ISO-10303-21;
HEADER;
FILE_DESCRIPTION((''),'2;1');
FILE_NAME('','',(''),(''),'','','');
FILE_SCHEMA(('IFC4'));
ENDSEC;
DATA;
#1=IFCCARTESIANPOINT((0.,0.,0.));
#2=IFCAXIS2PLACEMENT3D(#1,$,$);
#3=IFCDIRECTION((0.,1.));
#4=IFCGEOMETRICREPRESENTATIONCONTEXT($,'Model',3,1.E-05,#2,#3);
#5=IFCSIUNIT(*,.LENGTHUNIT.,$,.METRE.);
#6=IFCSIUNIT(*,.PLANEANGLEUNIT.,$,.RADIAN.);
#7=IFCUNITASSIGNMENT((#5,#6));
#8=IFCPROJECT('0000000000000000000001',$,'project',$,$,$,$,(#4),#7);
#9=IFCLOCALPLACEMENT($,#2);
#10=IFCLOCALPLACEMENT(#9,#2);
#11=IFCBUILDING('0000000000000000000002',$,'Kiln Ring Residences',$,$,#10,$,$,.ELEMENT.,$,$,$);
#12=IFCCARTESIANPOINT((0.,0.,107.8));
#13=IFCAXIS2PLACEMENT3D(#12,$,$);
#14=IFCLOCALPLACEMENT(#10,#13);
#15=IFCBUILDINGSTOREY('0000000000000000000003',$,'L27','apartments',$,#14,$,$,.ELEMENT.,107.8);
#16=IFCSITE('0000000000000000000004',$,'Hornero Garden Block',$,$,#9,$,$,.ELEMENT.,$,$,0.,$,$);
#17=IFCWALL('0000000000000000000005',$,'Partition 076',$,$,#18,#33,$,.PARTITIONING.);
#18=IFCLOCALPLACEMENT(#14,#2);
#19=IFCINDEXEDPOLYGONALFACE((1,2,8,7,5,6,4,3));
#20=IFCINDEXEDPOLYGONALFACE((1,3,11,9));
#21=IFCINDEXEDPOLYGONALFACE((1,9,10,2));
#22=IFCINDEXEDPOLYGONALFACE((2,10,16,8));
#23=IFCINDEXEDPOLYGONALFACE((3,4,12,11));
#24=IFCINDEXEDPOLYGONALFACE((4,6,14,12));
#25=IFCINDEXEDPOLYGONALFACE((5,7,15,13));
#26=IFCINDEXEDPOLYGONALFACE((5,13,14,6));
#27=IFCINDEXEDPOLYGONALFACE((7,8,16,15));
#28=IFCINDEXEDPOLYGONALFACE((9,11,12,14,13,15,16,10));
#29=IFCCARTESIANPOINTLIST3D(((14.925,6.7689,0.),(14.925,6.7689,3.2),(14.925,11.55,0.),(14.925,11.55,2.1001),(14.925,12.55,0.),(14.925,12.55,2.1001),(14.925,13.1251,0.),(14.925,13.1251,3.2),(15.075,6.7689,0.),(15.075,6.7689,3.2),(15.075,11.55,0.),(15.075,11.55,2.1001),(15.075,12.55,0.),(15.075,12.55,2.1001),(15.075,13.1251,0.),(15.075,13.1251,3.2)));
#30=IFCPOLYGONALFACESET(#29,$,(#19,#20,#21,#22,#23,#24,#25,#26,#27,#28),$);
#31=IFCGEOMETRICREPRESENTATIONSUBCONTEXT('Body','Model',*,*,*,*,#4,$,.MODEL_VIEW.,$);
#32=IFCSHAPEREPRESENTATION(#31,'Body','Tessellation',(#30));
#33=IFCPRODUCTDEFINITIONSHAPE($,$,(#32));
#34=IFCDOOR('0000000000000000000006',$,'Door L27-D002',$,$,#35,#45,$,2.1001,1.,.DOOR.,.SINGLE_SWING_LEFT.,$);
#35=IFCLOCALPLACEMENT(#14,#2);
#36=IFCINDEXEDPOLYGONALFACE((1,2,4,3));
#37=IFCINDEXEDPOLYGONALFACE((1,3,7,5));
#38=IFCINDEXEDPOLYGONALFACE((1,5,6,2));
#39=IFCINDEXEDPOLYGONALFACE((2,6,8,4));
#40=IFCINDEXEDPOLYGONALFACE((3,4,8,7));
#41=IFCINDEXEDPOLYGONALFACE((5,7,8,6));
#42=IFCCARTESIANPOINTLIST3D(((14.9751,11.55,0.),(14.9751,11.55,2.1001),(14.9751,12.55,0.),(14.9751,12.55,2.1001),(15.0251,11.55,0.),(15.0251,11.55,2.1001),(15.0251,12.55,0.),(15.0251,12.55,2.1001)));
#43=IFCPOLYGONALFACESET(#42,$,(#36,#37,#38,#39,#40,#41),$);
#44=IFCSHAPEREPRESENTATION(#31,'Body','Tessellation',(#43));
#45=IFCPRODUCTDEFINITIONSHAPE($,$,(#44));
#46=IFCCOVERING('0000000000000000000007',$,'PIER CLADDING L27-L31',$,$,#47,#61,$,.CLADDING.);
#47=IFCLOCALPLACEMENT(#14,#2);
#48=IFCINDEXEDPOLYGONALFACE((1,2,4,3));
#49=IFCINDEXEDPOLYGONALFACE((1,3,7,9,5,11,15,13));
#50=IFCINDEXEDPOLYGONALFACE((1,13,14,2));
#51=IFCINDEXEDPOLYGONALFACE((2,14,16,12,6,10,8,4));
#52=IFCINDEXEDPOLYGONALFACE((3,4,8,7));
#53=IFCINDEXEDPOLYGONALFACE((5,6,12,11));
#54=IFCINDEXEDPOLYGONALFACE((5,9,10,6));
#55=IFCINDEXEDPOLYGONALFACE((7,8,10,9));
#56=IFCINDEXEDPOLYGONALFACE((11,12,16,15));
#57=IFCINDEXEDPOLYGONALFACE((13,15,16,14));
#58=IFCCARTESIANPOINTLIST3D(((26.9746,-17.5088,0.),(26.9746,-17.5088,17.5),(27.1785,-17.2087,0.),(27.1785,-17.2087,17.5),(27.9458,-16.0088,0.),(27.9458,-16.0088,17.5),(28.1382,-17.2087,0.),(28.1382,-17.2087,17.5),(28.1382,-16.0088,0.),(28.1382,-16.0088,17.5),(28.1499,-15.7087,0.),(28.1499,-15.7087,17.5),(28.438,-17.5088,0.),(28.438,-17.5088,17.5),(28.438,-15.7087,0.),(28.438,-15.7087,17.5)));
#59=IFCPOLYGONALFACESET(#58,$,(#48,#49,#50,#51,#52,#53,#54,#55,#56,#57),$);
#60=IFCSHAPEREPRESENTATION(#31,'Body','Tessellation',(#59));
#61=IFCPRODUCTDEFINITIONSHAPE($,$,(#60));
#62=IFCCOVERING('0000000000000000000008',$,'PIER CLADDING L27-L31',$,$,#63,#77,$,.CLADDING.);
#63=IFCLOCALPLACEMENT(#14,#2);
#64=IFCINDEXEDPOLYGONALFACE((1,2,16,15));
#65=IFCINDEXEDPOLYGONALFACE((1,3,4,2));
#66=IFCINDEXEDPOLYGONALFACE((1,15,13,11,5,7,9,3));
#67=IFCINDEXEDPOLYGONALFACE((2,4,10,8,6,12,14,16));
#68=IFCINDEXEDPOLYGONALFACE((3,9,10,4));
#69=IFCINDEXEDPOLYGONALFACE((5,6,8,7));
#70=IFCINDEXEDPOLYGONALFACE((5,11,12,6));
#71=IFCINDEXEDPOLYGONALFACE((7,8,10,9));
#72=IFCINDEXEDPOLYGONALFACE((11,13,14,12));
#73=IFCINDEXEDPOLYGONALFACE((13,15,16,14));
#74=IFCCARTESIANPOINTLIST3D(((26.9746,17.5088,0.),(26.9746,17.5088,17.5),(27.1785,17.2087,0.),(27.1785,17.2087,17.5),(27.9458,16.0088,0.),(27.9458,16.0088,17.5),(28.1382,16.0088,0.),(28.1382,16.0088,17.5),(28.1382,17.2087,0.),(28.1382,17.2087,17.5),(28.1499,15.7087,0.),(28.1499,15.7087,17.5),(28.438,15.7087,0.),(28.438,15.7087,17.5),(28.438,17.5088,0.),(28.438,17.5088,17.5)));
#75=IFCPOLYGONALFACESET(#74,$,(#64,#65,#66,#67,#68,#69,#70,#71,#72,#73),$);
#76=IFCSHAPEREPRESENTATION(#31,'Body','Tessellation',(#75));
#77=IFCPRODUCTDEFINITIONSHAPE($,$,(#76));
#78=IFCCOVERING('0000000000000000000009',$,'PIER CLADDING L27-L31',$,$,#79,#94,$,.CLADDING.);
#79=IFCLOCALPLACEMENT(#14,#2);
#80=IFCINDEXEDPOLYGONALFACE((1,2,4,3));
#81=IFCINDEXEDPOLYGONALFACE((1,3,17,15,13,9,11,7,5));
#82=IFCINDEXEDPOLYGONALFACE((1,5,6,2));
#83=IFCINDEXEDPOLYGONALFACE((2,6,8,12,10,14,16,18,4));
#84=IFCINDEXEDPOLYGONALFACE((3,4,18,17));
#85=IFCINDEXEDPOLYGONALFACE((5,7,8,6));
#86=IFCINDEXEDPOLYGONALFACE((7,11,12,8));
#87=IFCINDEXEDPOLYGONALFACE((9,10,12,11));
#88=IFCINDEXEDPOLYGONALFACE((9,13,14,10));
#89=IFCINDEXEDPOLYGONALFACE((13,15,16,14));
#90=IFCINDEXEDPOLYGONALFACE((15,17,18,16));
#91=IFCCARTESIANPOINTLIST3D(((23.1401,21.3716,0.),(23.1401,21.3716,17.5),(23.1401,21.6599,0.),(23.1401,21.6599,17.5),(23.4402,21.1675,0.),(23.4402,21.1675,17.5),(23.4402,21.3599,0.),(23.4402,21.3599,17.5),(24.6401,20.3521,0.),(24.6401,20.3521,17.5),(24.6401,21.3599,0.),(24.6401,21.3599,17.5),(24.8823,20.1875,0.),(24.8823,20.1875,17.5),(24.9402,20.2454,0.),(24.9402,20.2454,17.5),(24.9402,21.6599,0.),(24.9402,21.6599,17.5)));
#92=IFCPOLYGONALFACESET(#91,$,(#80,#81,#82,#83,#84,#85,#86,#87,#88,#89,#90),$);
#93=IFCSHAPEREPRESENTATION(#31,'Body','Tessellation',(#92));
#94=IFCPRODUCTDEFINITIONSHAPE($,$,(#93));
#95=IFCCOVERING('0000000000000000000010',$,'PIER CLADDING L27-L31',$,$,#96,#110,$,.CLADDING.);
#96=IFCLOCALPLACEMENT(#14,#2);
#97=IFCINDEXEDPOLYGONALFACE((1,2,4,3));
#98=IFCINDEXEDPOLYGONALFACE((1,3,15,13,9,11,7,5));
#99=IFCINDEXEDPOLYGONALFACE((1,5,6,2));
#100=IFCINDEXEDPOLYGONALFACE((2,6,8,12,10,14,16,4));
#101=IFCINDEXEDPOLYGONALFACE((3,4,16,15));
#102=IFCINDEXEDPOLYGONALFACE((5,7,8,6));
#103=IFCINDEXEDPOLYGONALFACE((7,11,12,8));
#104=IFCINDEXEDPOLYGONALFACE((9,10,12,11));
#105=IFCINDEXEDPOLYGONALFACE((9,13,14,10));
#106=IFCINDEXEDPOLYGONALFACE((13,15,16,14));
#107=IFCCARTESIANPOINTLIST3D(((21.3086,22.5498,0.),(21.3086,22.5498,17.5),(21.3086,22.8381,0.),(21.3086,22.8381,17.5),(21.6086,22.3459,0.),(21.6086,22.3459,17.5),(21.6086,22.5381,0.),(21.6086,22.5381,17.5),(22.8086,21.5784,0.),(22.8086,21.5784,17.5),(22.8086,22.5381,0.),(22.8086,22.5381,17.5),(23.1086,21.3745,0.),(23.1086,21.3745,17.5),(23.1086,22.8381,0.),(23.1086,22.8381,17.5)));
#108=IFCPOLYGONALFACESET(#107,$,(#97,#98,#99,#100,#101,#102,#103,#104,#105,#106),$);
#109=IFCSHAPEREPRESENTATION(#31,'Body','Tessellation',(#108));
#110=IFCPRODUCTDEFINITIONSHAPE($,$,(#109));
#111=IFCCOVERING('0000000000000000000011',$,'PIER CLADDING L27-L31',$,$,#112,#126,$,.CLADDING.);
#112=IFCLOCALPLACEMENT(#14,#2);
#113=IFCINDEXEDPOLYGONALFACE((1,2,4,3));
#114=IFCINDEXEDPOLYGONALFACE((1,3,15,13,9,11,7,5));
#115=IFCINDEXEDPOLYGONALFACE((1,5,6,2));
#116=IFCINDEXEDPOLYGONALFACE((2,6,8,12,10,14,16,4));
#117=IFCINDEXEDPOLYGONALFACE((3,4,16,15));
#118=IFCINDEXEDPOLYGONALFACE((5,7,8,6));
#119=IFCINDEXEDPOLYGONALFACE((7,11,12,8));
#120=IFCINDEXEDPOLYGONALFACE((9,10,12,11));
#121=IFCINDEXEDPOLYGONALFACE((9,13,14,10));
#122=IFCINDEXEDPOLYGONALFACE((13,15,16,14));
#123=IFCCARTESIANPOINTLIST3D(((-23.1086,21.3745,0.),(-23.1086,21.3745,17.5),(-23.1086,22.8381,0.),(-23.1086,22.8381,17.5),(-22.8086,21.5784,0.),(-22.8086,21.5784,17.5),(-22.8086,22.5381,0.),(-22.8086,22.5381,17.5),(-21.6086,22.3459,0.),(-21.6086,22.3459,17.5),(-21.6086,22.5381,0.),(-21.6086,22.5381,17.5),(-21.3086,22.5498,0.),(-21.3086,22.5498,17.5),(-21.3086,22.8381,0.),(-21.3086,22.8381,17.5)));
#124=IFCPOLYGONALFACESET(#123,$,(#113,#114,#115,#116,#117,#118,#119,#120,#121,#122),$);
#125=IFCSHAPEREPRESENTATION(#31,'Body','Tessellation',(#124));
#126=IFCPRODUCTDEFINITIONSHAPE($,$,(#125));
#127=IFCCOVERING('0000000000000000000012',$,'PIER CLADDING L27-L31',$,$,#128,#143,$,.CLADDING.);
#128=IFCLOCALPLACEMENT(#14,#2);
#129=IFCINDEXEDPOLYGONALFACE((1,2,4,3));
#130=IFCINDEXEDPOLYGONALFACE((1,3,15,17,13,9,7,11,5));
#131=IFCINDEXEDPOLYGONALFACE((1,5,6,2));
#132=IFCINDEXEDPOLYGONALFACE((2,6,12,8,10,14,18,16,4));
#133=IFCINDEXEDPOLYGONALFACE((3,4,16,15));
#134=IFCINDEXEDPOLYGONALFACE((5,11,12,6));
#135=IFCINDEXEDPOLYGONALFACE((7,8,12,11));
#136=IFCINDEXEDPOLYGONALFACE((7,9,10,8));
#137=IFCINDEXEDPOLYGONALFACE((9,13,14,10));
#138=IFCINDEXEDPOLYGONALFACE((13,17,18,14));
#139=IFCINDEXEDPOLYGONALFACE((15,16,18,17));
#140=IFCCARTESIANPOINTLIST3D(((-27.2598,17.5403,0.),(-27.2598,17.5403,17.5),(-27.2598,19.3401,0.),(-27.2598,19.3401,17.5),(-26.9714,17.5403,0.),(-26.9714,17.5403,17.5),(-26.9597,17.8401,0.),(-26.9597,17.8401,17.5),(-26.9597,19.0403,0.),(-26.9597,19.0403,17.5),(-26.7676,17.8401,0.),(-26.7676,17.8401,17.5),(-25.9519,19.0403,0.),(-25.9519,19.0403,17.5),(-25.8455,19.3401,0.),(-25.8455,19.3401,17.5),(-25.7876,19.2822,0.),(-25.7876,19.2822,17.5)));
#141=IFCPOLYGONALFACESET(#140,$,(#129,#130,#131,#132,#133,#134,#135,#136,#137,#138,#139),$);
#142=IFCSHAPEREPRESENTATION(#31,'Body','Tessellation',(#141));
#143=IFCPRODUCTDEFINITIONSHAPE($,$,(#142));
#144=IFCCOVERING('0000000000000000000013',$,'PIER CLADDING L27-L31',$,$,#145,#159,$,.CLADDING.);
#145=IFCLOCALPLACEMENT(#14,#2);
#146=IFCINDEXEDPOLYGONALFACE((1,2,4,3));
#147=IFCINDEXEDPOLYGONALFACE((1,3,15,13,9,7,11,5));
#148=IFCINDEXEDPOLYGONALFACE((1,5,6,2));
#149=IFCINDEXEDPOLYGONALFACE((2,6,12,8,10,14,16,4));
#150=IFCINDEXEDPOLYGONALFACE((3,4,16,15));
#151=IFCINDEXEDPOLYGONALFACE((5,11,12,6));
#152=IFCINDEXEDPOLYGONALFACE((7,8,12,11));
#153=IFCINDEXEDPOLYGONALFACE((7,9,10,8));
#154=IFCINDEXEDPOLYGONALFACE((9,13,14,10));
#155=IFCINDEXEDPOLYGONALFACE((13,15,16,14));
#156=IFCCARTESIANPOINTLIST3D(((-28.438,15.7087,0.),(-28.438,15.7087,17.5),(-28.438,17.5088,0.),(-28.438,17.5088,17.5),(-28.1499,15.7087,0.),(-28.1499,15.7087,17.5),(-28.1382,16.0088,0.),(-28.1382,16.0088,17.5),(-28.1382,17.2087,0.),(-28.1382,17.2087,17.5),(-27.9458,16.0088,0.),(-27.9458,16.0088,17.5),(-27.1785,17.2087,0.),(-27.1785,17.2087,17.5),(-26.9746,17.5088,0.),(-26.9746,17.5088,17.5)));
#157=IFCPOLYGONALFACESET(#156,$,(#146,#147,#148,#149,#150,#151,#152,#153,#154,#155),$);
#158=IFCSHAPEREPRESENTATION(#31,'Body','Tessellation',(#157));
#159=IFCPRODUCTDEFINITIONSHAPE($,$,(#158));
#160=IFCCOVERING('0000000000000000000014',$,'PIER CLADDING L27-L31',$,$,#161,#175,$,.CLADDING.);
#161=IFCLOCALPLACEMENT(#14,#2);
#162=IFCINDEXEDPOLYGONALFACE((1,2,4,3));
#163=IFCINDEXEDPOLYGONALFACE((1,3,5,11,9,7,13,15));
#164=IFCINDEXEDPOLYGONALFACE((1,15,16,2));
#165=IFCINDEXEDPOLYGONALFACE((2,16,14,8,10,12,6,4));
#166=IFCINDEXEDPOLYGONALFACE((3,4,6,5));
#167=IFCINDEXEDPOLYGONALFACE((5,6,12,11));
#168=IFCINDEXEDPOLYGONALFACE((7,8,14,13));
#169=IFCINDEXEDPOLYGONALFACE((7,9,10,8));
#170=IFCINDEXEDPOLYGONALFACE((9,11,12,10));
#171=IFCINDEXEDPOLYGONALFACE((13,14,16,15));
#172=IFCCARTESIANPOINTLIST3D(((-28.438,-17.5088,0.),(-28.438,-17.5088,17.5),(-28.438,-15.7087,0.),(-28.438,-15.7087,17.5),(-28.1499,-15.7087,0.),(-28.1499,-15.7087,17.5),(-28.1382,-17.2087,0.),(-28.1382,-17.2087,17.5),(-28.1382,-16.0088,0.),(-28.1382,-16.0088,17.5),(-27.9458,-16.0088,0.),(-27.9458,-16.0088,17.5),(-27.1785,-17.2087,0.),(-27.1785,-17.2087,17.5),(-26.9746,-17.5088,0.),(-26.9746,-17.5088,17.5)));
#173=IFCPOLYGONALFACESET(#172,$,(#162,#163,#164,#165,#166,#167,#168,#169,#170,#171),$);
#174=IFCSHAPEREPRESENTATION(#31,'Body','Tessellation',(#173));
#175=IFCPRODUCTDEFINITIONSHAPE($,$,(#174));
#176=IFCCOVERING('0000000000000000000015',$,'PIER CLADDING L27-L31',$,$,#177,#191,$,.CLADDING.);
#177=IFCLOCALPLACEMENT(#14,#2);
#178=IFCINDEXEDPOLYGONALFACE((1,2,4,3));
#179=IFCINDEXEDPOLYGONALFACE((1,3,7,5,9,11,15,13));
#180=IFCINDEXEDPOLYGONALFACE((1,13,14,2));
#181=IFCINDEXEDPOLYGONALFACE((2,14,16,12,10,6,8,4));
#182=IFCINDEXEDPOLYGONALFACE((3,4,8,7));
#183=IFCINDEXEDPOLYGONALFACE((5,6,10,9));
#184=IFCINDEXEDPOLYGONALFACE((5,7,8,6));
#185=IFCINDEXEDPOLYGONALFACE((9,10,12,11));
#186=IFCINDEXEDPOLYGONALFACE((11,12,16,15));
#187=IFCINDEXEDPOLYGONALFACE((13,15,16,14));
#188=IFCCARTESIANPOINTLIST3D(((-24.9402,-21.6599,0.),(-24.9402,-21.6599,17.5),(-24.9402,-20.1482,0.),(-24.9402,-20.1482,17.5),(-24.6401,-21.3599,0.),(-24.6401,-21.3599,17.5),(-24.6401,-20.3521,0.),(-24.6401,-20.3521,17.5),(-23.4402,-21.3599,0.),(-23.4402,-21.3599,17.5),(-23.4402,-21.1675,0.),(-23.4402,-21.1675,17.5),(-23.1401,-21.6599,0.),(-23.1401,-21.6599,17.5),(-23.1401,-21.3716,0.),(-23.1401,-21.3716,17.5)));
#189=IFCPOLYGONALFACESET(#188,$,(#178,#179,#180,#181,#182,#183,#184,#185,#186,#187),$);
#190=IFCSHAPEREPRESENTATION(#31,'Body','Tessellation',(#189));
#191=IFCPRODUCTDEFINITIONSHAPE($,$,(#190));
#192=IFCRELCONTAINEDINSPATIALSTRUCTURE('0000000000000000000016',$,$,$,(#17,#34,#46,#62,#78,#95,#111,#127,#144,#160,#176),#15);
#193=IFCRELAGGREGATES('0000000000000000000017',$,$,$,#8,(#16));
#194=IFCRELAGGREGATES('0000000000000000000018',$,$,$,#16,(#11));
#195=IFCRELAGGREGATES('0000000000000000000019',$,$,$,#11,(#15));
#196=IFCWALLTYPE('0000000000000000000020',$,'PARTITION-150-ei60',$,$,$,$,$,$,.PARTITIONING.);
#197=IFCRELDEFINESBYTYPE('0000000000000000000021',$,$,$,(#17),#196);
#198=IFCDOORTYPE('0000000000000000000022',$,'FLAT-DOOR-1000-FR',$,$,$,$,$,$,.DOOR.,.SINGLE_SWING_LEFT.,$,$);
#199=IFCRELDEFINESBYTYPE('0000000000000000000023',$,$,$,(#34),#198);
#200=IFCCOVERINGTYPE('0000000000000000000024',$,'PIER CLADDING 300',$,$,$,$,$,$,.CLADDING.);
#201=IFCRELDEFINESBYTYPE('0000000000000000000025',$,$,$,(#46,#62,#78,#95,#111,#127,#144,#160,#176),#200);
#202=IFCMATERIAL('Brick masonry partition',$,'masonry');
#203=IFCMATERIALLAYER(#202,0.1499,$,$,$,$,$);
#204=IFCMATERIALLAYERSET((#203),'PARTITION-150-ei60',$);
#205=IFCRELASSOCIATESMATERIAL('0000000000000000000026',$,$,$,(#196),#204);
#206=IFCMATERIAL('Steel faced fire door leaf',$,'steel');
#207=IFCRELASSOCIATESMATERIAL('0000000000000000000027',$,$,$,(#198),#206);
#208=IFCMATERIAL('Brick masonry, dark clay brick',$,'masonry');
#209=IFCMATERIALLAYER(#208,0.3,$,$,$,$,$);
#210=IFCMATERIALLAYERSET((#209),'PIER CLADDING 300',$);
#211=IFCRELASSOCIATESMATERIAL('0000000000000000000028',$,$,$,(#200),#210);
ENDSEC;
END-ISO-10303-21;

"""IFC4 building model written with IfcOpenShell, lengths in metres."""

from ifc_helpers import new_model, si_unit, direction, frame, frame_2d, origin, place, context, subcontext, project, spatial, polyline, rectangle, outline, extrude, material, layer, layer_set, type_object, element, fill, save


model = new_model("IFC4")

# Units and contexts
model_context = context("Model", 3, precision=1e-05, world=origin(), true_north=direction((0.0, 1.0)))
body_context = subcontext(model_context, "Body", "Model", "MODEL_VIEW")
ifc_project = project(units=[si_unit("LENGTHUNIT", "METRE"), si_unit("PLANEANGLEUNIT", "RADIAN")], contexts=[model_context])

# Site, building, storey
site_placement = place(None, origin())
site = spatial("IfcSite", under=ifc_project, at=site_placement, Name="Hornero Garden Block", CompositionType="ELEMENT", RefElevation=0.0)
building_placement = place(site_placement, origin())
building = spatial("IfcBuilding", under=site, at=building_placement, Name="Kiln Ring Residences", CompositionType="ELEMENT")
storey_placement = place(building_placement, frame((0.0, 0.0, 107.8)))
storey = spatial("IfcBuildingStorey", under=building, at=storey_placement, Name="L27", Description="apartments", CompositionType="ELEMENT", Elevation=107.8)

# Shared definitions
ifc_material_1 = material(Name="Brick masonry partition", Category="masonry")
ifc_layer_1 = layer(ifc_material_1, 0.1499)
ifc_layer_set_1 = layer_set([ifc_layer_1], Name="PARTITION-150-ei60")
wall_type_1 = type_object("IfcWallType", Name="PARTITION-150-ei60", PredefinedType="PARTITIONING", material=ifc_layer_set_1)

# Wall, opening, door
wall_1_placement = place(storey_placement, frame((15.0, 6.7688, 0.0), z_axis=(0.0, 0.0, 1.0), x_axis=(0.0, 1.0, 0.0)))
wall_1 = element("IfcWall", 1, at=wall_1_placement, inside=storey, type_object=wall_type_1, Name="Partition 076", PredefinedType="PARTITIONING", context=body_context, shape_type="SweptSolid", body=[
    extrude(rectangle(XDim=6.3562, YDim=0.1499, at=frame_2d((3.1782, 0.0))), origin(), (0.0, 0.0, 1.0), 3.2),
])
opening_1_placement = place(wall_1_placement, frame((4.7812, 0.0, 0.0)))
opening_1 = element("IfcOpeningElement", 2, at=opening_1_placement, cuts=wall_1, PredefinedType="OPENING", context=body_context, shape_type="SweptSolid", body=[
    extrude(rectangle(XDim=1.0, YDim=2.1001, at=frame_2d((0.5, 1.05))), frame((0.0, 0.085, 0.0), z_axis=(0.0, -1.0, 0.0), x_axis=(1.0, 0.0, 0.0)), (0.0, 0.0, 1.0), 0.1699),
])
ifc_material_2 = material(Name="Steel faced fire door leaf", Category="steel")
door_type_1 = type_object("IfcDoorType", Name="FLAT-DOOR-1000-FR", OperationType="SINGLE_SWING_LEFT", PredefinedType="DOOR", material=ifc_material_2)
door_1_placement = place(opening_1_placement, origin())
door_1 = element("IfcDoor", 3, at=door_1_placement, inside=storey, type_object=door_type_1, Name="Door L27-D002", OperationType="SINGLE_SWING_LEFT", OverallHeight=2.1001, OverallWidth=1.0, PredefinedType="DOOR", context=body_context, shape_type="SweptSolid", body=[
    extrude(rectangle(XDim=1.0, YDim=2.1001, at=frame_2d((0.5, 1.05))), frame((0.0, 0.0249, 0.0), z_axis=(0.0, -1.0, 0.0), x_axis=(1.0, 0.0, 0.0)), (0.0, 0.0, 1.0), 0.05),
])
fill(opening_1, door_1)

# Coverings
ifc_material_3 = material(Name="Brick masonry, dark clay brick", Category="masonry")
ifc_layer_2 = layer(ifc_material_3, 0.3)
ifc_layer_set_2 = layer_set([ifc_layer_2], Name="PIER CLADDING 300")
covering_type_1 = type_object("IfcCoveringType", Name="PIER CLADDING 300", PredefinedType="CLADDING", material=ifc_layer_set_2)
placement = place(storey_placement, origin())
element("IfcCovering", 4, at=placement, inside=storey, type_object=covering_type_1, Name="PIER CLADDING L27-L31", PredefinedType="CLADDING", context=body_context, shape_type="SweptSolid", body=[
    extrude(outline(polyline([(28.438, -17.5088), (28.438, -15.7087), (28.1499, -15.7087), (27.9458, -16.0088), (28.1382, -16.0088), (28.1382, -17.2087), (27.1785, -17.2087), (26.9746, -17.5088), (28.438, -17.5088)])), origin(), (0.0, 0.0, 1.0), 17.5),
])
element("IfcCovering", 5, at=placement, inside=storey, type_object=covering_type_1, Name="PIER CLADDING L27-L31", PredefinedType="CLADDING", context=body_context, shape_type="SweptSolid", body=[
    extrude(outline(polyline([(28.438, 15.7087), (28.438, 17.5088), (26.9746, 17.5088), (27.1785, 17.2087), (28.1382, 17.2087), (28.1382, 16.0088), (27.9458, 16.0088), (28.1499, 15.7087), (28.438, 15.7087)])), origin(), (0.0, 0.0, 1.0), 17.5),
])
element("IfcCovering", 6, at=placement, inside=storey, type_object=covering_type_1, Name="PIER CLADDING L27-L31", PredefinedType="CLADDING", context=body_context, shape_type="SweptSolid", body=[
    extrude(outline(polyline([(24.9402, 21.6599), (23.1401, 21.6599), (23.1401, 21.3716), (23.4402, 21.1675), (23.4402, 21.3599), (24.6401, 21.3599), (24.6401, 20.3521), (24.8823, 20.1875), (24.9402, 20.2454), (24.9402, 21.6599)])), origin(), (0.0, 0.0, 1.0), 17.5),
])
element("IfcCovering", 7, at=placement, inside=storey, type_object=covering_type_1, Name="PIER CLADDING L27-L31", PredefinedType="CLADDING", context=body_context, shape_type="SweptSolid", body=[
    extrude(outline(polyline([(23.1086, 22.8381), (21.3086, 22.8381), (21.3086, 22.5498), (21.6086, 22.3459), (21.6086, 22.5381), (22.8086, 22.5381), (22.8086, 21.5784), (23.1086, 21.3745), (23.1086, 22.8381)])), origin(), (0.0, 0.0, 1.0), 17.5),
])
element("IfcCovering", 8, at=placement, inside=storey, type_object=covering_type_1, Name="PIER CLADDING L27-L31", PredefinedType="CLADDING", context=body_context, shape_type="SweptSolid", body=[
    extrude(outline(polyline([(-21.3086, 22.8381), (-23.1086, 22.8381), (-23.1086, 21.3745), (-22.8086, 21.5784), (-22.8086, 22.5381), (-21.6086, 22.5381), (-21.6086, 22.3459), (-21.3086, 22.5498), (-21.3086, 22.8381)])), origin(), (0.0, 0.0, 1.0), 17.5),
])
element("IfcCovering", 9, at=placement, inside=storey, type_object=covering_type_1, Name="PIER CLADDING L27-L31", PredefinedType="CLADDING", context=body_context, shape_type="SweptSolid", body=[
    extrude(outline(polyline([(-25.8455, 19.3401), (-27.2598, 19.3401), (-27.2598, 17.5403), (-26.9714, 17.5403), (-26.7676, 17.8401), (-26.9597, 17.8401), (-26.9597, 19.0403), (-25.9519, 19.0403), (-25.7876, 19.2822), (-25.8455, 19.3401)])), origin(), (0.0, 0.0, 1.0), 17.5),
])
element("IfcCovering", 10, at=placement, inside=storey, type_object=covering_type_1, Name="PIER CLADDING L27-L31", PredefinedType="CLADDING", context=body_context, shape_type="SweptSolid", body=[
    extrude(outline(polyline([(-26.9746, 17.5088), (-28.438, 17.5088), (-28.438, 15.7087), (-28.1499, 15.7087), (-27.9458, 16.0088), (-28.1382, 16.0088), (-28.1382, 17.2087), (-27.1785, 17.2087), (-26.9746, 17.5088)])), origin(), (0.0, 0.0, 1.0), 17.5),
])
element("IfcCovering", 11, at=placement, inside=storey, type_object=covering_type_1, Name="PIER CLADDING L27-L31", PredefinedType="CLADDING", context=body_context, shape_type="SweptSolid", body=[
    extrude(outline(polyline([(-28.1499, -15.7087), (-28.438, -15.7087), (-28.438, -17.5088), (-26.9746, -17.5088), (-27.1785, -17.2087), (-28.1382, -17.2087), (-28.1382, -16.0088), (-27.9458, -16.0088), (-28.1499, -15.7087)])), origin(), (0.0, 0.0, 1.0), 17.5),
])
element("IfcCovering", 12, at=placement, inside=storey, type_object=covering_type_1, Name="PIER CLADDING L27-L31", PredefinedType="CLADDING", context=body_context, shape_type="SweptSolid", body=[
    extrude(outline(polyline([(-24.6401, -20.3521), (-24.9402, -20.1482), (-24.9402, -21.6599), (-23.1401, -21.6599), (-23.1401, -21.3716), (-23.4402, -21.1675), (-23.4402, -21.3599), (-24.6401, -21.3599), (-24.6401, -20.3521)])), origin(), (0.0, 0.0, 1.0), 17.5),
])

save(model, "model.ifc")
